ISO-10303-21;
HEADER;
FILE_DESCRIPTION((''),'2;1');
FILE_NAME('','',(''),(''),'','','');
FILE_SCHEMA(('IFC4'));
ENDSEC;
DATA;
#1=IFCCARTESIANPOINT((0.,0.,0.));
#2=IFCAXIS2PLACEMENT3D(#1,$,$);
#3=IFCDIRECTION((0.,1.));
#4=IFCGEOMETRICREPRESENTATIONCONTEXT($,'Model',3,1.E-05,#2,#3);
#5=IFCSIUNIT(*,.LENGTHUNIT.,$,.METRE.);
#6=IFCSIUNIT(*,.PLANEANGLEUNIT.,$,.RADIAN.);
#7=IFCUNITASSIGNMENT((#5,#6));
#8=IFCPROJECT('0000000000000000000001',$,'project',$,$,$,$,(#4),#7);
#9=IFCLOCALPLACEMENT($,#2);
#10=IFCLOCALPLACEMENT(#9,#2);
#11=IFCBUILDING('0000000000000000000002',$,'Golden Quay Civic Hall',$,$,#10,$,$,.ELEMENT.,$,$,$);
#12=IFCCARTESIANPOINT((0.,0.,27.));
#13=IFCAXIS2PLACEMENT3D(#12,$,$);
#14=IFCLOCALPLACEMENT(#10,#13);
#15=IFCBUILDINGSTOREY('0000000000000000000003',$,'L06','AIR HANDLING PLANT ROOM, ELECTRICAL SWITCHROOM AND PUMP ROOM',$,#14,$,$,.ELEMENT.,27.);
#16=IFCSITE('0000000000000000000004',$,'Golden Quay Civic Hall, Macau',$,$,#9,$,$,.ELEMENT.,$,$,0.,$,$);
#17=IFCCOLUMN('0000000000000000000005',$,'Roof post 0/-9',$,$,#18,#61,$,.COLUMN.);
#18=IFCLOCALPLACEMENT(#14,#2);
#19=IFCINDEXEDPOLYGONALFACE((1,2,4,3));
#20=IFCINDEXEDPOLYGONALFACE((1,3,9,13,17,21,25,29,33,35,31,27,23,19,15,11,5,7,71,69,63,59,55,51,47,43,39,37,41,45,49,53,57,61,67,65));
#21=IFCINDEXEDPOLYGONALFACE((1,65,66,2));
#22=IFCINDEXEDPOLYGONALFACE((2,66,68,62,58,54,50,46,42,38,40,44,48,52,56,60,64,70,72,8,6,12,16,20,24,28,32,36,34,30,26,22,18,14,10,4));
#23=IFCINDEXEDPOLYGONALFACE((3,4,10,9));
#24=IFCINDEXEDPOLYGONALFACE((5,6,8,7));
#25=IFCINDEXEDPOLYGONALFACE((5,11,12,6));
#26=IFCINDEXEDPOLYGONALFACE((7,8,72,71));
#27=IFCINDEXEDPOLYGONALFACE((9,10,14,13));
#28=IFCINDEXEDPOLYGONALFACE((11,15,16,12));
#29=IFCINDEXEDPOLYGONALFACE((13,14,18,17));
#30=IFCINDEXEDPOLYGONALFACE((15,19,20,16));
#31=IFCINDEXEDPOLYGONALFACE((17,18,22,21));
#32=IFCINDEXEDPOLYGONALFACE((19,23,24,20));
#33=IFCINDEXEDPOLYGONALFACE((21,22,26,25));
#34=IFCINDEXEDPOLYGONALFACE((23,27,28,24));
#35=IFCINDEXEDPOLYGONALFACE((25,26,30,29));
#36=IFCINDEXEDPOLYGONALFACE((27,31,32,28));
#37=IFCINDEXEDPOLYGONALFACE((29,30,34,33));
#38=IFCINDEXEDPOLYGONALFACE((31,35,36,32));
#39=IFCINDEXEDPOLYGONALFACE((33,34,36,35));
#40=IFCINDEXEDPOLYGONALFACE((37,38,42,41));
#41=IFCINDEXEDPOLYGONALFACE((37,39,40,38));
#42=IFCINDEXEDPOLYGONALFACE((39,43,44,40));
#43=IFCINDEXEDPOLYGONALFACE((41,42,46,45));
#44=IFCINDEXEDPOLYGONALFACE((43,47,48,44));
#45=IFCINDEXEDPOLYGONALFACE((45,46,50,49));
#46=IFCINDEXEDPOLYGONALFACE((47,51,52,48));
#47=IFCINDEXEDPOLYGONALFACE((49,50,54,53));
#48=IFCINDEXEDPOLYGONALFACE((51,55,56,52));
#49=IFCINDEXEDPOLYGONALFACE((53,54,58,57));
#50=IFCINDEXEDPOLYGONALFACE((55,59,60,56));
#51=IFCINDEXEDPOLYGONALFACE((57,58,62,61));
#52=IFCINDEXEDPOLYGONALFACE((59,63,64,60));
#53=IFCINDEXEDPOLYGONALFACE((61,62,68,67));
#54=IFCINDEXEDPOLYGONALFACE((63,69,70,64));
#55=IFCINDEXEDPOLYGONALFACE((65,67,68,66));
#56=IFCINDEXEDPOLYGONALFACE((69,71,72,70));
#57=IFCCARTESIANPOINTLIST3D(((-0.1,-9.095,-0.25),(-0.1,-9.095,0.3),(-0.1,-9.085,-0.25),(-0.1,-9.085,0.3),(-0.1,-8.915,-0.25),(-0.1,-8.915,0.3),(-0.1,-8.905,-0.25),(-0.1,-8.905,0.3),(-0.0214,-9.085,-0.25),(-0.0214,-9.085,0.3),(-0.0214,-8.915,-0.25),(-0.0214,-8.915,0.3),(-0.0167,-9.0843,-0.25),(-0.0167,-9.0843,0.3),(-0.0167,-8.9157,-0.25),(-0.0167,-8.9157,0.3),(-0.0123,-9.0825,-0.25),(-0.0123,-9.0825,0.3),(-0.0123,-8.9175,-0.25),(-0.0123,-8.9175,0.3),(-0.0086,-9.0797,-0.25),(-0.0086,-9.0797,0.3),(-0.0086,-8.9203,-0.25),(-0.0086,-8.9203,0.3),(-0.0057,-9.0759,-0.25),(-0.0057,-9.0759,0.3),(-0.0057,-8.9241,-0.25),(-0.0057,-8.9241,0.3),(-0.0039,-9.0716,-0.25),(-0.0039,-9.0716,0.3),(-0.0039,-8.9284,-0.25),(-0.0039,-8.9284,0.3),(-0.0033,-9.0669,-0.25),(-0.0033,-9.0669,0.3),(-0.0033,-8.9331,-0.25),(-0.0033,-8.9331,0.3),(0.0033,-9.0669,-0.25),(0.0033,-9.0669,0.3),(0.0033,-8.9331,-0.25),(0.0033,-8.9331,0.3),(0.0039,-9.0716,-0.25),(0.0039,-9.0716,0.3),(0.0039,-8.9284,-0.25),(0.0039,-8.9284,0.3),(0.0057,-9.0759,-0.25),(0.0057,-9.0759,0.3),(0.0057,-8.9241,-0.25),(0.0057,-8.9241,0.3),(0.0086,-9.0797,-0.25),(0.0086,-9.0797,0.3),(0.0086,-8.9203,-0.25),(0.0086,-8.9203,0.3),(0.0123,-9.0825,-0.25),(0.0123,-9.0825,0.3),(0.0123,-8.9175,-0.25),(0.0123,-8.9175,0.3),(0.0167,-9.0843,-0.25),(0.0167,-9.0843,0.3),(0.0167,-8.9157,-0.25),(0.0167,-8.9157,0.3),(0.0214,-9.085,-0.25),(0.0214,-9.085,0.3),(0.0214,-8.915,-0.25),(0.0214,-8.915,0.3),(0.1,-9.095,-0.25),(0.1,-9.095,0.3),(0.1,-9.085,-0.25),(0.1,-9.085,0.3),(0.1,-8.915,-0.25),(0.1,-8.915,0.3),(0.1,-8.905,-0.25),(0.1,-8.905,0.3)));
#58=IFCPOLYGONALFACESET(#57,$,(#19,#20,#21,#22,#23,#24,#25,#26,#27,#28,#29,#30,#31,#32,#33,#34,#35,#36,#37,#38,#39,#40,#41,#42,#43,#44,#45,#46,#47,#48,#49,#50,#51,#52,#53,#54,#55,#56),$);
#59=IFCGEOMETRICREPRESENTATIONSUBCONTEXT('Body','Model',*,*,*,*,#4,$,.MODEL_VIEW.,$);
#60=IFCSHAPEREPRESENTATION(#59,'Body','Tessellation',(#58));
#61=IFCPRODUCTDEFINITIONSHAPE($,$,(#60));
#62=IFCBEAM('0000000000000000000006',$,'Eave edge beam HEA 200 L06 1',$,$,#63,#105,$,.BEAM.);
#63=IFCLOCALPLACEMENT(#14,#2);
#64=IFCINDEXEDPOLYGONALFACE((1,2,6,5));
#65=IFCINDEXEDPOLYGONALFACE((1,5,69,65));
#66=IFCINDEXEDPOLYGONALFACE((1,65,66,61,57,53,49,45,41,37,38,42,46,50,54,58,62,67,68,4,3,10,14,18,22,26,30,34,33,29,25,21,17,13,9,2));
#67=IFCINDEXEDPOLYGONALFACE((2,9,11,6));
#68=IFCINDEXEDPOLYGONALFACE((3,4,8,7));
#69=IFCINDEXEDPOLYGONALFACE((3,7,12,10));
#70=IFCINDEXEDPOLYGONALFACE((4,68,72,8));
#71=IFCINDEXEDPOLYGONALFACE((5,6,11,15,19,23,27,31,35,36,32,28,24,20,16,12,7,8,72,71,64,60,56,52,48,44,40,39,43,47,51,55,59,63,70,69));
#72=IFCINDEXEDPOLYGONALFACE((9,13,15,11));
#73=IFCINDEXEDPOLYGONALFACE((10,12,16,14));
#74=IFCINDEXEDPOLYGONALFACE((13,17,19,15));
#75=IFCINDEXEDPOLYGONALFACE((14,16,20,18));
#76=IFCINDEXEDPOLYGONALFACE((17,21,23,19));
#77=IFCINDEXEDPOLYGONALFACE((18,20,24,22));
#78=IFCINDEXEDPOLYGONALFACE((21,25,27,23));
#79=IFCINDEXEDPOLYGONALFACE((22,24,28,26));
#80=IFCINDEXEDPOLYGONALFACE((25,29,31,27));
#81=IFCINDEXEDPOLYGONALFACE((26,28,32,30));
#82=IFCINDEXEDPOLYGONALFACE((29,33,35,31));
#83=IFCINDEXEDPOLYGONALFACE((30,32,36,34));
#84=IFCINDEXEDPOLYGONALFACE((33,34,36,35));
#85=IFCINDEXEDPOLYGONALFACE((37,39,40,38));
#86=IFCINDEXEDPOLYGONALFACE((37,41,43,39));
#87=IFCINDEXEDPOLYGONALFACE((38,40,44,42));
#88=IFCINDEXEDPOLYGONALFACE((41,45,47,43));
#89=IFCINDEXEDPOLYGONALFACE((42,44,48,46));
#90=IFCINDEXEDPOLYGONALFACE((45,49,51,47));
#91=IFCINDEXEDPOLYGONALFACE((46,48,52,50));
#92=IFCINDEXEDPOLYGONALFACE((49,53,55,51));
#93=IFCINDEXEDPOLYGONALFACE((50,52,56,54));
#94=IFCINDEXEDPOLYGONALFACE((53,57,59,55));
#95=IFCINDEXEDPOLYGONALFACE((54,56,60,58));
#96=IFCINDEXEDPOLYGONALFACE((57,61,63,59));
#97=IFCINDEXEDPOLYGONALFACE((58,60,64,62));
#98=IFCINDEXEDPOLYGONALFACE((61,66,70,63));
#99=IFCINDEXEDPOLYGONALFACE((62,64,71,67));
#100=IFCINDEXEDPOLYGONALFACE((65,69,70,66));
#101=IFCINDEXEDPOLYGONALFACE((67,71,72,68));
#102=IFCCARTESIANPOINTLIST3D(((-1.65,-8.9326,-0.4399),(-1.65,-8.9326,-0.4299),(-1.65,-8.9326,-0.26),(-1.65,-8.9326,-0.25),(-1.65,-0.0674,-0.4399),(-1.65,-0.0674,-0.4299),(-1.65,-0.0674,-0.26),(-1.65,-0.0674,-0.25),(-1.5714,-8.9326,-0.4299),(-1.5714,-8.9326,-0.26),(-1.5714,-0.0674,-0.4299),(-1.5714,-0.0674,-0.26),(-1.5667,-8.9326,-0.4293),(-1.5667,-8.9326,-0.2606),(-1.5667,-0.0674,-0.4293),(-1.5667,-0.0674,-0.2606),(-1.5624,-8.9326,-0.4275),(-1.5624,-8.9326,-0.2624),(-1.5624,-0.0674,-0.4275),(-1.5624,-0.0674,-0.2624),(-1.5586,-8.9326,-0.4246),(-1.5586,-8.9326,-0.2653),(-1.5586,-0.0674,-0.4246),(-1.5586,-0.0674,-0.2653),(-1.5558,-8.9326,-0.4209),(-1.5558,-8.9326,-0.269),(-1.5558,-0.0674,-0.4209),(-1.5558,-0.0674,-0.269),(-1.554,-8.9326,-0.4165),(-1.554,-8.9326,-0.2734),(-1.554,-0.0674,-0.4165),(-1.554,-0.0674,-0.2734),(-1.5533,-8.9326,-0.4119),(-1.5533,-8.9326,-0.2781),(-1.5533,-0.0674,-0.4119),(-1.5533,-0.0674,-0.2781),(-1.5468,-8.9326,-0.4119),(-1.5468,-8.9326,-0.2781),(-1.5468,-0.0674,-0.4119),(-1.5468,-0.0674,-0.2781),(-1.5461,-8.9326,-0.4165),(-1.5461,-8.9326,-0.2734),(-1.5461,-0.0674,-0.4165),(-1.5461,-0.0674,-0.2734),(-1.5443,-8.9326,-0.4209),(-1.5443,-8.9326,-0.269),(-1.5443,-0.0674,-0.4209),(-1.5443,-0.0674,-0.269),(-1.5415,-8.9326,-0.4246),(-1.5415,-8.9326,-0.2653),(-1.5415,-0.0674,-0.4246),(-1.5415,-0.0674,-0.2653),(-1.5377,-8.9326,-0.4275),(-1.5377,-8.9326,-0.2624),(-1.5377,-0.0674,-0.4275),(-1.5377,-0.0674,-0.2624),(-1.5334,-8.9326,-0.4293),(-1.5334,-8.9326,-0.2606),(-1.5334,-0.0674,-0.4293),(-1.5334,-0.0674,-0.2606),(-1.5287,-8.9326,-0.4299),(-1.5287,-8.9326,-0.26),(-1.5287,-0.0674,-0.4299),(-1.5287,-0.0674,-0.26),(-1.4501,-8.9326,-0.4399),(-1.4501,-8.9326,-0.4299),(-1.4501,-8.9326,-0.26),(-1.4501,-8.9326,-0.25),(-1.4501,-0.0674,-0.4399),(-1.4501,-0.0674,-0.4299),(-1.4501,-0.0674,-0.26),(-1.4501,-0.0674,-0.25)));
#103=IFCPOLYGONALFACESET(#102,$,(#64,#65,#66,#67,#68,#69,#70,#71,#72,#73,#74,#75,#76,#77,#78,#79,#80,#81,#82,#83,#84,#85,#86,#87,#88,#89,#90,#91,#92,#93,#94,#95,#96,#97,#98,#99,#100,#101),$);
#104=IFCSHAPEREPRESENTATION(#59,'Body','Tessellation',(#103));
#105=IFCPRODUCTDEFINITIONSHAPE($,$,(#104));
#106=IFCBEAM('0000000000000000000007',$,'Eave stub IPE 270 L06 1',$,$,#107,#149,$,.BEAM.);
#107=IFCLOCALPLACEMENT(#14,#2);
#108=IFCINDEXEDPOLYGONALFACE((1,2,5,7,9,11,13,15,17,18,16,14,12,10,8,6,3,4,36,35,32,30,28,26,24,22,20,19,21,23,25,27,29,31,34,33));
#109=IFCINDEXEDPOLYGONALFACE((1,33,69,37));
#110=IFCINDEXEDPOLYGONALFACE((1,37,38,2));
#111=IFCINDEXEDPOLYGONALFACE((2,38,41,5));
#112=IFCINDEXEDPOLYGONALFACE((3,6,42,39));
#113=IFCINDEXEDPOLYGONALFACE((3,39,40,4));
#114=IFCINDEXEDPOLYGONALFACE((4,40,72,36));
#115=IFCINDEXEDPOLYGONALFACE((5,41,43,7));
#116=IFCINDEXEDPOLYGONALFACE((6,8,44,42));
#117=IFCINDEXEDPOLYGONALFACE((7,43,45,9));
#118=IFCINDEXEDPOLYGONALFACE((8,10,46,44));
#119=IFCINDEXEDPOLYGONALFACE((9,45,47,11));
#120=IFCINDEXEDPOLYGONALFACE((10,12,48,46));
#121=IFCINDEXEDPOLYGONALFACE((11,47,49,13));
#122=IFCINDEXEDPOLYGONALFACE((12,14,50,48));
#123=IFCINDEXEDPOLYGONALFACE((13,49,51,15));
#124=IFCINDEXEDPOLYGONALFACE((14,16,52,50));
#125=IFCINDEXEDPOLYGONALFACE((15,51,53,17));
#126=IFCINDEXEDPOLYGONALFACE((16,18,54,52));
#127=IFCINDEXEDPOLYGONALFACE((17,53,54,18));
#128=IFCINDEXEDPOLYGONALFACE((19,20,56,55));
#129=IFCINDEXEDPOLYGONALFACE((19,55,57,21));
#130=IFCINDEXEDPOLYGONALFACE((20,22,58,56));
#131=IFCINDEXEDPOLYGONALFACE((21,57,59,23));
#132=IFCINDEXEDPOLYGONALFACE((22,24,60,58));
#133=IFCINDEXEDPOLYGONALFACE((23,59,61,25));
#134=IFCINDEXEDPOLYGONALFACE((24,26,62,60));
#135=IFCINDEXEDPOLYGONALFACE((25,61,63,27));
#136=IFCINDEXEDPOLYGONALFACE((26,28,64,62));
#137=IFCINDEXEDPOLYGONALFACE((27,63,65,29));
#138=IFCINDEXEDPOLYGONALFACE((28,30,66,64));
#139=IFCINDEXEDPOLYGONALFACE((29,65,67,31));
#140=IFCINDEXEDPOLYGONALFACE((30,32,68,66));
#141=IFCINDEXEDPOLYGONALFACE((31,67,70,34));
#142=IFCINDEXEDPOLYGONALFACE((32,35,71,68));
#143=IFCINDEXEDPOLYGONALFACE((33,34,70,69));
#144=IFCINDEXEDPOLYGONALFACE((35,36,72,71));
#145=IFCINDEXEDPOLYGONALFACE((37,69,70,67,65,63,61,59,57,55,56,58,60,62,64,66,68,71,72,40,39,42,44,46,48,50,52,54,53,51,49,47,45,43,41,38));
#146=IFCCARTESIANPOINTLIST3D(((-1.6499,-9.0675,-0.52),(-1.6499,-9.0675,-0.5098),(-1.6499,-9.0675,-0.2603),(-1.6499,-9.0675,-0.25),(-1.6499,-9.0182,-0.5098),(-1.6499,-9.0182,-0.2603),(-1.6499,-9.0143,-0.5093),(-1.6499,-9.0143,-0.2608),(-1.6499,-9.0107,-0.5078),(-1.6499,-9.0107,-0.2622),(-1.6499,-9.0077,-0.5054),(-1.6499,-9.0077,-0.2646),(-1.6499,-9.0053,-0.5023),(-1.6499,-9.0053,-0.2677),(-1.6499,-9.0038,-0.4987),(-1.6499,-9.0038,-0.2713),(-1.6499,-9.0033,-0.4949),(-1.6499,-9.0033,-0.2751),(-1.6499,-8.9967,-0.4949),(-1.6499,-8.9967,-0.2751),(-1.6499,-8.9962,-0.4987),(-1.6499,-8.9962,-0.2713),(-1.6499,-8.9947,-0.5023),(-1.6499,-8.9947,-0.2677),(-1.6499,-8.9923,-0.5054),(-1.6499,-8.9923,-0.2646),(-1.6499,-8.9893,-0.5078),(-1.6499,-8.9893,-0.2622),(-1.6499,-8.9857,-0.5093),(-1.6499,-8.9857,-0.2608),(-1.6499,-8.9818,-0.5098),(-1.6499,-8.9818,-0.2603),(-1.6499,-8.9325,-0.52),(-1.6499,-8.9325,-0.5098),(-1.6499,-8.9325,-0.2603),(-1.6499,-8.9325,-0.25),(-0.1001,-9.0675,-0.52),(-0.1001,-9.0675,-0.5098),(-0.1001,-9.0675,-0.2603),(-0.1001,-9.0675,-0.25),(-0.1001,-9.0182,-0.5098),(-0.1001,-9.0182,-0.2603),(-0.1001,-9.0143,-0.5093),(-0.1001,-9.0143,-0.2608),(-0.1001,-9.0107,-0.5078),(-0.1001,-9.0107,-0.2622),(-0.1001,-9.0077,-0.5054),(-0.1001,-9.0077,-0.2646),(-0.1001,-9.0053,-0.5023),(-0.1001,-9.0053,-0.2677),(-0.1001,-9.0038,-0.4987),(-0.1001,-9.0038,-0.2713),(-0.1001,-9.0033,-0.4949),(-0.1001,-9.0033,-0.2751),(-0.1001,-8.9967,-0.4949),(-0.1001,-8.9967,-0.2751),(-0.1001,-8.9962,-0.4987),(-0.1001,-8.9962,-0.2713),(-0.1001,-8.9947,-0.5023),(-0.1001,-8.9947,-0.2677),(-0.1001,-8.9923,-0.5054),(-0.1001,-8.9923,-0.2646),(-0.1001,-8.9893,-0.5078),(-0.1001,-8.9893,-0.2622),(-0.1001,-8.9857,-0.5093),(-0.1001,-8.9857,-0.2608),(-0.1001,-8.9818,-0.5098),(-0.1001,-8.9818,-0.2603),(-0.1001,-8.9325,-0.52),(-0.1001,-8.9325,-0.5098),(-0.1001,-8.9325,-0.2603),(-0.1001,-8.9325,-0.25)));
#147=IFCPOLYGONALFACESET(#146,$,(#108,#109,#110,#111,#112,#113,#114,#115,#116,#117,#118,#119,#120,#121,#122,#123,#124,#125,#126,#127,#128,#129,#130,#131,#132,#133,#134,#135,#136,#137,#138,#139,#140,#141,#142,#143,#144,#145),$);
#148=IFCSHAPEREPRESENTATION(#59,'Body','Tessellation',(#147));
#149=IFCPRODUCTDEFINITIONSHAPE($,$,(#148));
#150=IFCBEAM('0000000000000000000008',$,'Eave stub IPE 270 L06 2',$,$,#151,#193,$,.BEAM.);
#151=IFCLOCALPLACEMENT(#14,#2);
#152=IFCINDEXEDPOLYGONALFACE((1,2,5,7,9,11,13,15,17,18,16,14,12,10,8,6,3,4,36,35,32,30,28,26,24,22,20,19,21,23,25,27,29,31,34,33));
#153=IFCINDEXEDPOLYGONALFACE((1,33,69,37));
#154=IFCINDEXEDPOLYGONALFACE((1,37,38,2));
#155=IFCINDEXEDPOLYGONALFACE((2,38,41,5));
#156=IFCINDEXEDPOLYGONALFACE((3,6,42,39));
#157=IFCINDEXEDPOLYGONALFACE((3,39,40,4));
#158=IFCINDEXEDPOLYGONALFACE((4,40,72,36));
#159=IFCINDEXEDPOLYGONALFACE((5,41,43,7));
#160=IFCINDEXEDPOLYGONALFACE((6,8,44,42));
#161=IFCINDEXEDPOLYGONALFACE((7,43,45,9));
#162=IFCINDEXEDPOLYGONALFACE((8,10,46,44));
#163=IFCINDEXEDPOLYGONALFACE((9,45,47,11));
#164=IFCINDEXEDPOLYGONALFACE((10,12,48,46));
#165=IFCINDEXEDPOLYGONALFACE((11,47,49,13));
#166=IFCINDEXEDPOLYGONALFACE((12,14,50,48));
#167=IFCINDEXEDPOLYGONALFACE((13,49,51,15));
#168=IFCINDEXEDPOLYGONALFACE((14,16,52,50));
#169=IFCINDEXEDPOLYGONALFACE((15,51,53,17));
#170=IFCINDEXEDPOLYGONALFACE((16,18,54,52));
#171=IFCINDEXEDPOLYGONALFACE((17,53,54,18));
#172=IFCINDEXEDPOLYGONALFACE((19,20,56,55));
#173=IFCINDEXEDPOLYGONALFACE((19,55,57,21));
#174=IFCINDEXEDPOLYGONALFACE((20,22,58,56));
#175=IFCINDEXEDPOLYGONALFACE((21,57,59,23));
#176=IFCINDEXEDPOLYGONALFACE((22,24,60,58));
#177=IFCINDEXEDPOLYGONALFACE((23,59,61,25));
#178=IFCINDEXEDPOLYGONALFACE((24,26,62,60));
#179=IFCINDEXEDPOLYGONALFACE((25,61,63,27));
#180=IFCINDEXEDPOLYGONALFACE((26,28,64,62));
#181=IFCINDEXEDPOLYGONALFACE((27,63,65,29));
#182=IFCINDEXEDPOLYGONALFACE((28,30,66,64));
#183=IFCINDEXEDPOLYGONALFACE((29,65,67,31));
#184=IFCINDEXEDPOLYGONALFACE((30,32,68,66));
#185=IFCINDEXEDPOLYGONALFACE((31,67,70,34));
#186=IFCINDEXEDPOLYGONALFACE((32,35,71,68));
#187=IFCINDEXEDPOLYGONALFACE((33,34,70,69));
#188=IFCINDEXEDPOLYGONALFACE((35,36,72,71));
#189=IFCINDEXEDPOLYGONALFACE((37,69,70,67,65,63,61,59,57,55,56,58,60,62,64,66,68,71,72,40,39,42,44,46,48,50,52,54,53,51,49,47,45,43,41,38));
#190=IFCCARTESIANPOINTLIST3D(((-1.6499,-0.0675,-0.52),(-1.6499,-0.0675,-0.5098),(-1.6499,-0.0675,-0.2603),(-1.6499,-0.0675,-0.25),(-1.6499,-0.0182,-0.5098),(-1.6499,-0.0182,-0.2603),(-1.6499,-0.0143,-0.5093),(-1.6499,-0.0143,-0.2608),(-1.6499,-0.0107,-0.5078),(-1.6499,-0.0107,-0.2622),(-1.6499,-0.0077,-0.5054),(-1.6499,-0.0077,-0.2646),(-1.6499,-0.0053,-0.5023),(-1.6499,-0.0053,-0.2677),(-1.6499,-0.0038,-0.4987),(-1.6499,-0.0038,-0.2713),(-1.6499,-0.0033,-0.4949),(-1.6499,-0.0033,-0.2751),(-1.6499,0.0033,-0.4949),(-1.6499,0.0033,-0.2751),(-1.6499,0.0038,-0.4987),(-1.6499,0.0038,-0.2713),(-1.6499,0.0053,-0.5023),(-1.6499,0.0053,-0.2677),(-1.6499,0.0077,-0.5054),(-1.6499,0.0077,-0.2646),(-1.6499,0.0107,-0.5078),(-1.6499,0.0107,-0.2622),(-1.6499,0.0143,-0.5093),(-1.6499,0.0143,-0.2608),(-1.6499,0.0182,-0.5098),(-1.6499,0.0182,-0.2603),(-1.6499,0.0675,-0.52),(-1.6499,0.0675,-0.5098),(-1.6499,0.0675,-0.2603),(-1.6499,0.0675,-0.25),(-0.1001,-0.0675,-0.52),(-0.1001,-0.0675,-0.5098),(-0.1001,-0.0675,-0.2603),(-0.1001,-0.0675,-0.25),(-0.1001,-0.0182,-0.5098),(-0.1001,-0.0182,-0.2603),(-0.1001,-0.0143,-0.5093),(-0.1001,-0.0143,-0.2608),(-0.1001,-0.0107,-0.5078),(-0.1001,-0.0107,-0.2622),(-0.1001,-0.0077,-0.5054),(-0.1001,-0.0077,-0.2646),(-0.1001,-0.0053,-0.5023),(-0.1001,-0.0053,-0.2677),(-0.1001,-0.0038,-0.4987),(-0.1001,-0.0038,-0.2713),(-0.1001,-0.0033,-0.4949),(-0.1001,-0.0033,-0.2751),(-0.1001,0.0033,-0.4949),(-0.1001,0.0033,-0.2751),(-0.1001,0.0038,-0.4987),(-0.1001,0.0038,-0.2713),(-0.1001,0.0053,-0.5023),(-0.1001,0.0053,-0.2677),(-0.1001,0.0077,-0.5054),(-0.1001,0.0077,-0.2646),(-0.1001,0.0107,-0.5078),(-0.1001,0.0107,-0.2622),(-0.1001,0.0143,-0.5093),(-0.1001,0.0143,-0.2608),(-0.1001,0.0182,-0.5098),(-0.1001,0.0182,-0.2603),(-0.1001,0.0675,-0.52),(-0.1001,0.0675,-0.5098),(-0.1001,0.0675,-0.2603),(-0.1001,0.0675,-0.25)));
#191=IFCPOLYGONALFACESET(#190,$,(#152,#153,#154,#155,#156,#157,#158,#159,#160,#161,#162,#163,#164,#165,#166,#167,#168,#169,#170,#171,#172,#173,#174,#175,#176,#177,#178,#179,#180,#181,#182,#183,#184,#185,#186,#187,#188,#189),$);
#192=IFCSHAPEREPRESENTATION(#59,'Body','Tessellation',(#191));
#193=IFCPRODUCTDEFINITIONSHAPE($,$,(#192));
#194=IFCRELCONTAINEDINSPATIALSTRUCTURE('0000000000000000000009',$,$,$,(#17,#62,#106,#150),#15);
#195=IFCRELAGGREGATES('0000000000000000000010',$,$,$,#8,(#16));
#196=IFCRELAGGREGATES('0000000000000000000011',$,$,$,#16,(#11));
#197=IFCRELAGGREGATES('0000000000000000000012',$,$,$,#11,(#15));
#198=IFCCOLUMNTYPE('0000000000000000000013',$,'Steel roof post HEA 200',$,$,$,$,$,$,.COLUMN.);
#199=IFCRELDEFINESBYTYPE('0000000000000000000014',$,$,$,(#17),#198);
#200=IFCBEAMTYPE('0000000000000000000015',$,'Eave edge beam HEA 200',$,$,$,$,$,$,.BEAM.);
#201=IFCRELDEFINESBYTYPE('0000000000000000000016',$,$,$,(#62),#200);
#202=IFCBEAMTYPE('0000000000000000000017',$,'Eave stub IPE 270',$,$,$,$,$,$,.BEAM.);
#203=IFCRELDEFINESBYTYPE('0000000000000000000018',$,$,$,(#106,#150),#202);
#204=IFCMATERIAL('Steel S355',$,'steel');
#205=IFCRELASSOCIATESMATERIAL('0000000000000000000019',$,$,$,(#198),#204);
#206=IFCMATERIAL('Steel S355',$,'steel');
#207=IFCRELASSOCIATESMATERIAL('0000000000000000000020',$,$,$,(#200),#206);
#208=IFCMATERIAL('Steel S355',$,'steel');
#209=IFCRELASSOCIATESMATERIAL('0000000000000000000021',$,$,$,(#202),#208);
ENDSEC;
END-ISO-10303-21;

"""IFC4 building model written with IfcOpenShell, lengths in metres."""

from ifc_helpers import new_model, si_unit, direction, frame, origin, origin_2d, place, context, subcontext, project, spatial, i_section, extrude, material, material_profile, profile_set, type_object, element, save


model = new_model("IFC4")

# Units and contexts
model_context = context("Model", 3, precision=1e-05, world=origin(), true_north=direction((0.0, 1.0)))
body_context = subcontext(model_context, "Body", "Model", "MODEL_VIEW")
ifc_project = project(units=[si_unit("LENGTHUNIT", "METRE"), si_unit("PLANEANGLEUNIT", "RADIAN")], contexts=[model_context])

# Site, building, storey
site_placement = place(None, origin())
site = spatial("IfcSite", under=ifc_project, at=site_placement, Name="Golden Quay Civic Hall, Macau", CompositionType="ELEMENT", RefElevation=0.0)
building_placement = place(site_placement, origin())
building = spatial("IfcBuilding", under=site, at=building_placement, Name="Golden Quay Civic Hall", CompositionType="ELEMENT")
storey_placement = place(building_placement, frame((0.0, 0.0, 27.0)))
storey = spatial("IfcBuildingStorey", under=building, at=storey_placement, Name="L06", Description="AIR HANDLING PLANT ROOM, ELECTRICAL SWITCHROOM AND PUMP ROOM", CompositionType="ELEMENT", Elevation=27.0)

# Column
ifc_material_1 = material(Name="Steel S355", Category="steel")
ifc_material_profile_1 = material_profile(ifc_material_1, i_section(OverallWidth=0.2, OverallDepth=0.1899, WebThickness=0.0066, FlangeThickness=0.01, FilletRadius=0.0181, at=origin_2d()), Name="HEA 200")
ifc_profile_set_1 = profile_set([ifc_material_profile_1], Name="Steel S355")
column_type = type_object("IfcColumnType", Name="Steel roof post HEA 200", PredefinedType="COLUMN", material=ifc_profile_set_1)
column_placement = place(storey_placement, frame((0.0, -9.0, -0.25), z_axis=(0.0, 0.0, 1.0), x_axis=(1.0, 0.0, 0.0)))
element("IfcColumn", 1, at=column_placement, inside=storey, type_object=column_type, Name="Roof post 0/-9", PredefinedType="COLUMN", context=body_context, shape_type="SweptSolid", body=[
    extrude(i_section(OverallWidth=0.2, OverallDepth=0.1899, WebThickness=0.0066, FlangeThickness=0.01, FilletRadius=0.0181, at=origin_2d()), origin(), (0.0, 0.0, 1.0), 0.55),
])

# Beams
ifc_material_2 = material(Name="Steel S355", Category="steel")
ifc_material_profile_2 = material_profile(ifc_material_2, i_section(OverallWidth=0.2, OverallDepth=0.1899, WebThickness=0.0066, FlangeThickness=0.01, FilletRadius=0.0181, at=origin_2d()), Name="HEA 200")
ifc_profile_set_2 = profile_set([ifc_material_profile_2], Name="Steel S355")
beam_type_1 = type_object("IfcBeamType", Name="Eave edge beam HEA 200", PredefinedType="BEAM", material=ifc_profile_set_2)
beam_1_placement = place(storey_placement, frame((-1.55, -8.9326, -0.345), z_axis=(0.0, 1.0, 0.0), x_axis=(-1.0, 0.0, 0.0)))
element("IfcBeam", 2, at=beam_1_placement, inside=storey, type_object=beam_type_1, Name="Eave edge beam HEA 200 L06 1", PredefinedType="BEAM", context=body_context, shape_type="SweptSolid", body=[
    extrude(i_section(OverallWidth=0.2, OverallDepth=0.1899, WebThickness=0.0066, FlangeThickness=0.01, FilletRadius=0.0181, at=origin_2d()), origin(), (0.0, 0.0, 1.0), 8.8652),
])
ifc_material_3 = material(Name="Steel S355", Category="steel")
ifc_material_profile_3 = material_profile(ifc_material_3, i_section(OverallWidth=0.135, OverallDepth=0.27, WebThickness=0.0066, FlangeThickness=0.0103, FilletRadius=0.0149, at=origin_2d()), Name="IPE 270")
ifc_profile_set_3 = profile_set([ifc_material_profile_3], Name="Steel S355")
beam_type_2 = type_object("IfcBeamType", Name="Eave stub IPE 270", PredefinedType="BEAM", material=ifc_profile_set_3)
for number, where, z_axis, x_axis, name in (
    (3, (-0.1001, -9.0, -0.385), (-1.0, 0.0, 0.0), (0.0, -1.0, 0.0), "Eave stub IPE 270 L06 1"),
    (4, (-0.1001, 0.0, -0.385), (-1.0, 0.0, 0.0), (0.0, -1.0, 0.0), "Eave stub IPE 270 L06 2"),
):
    element("IfcBeam", number, at=place(storey_placement, frame(where, z_axis=z_axis, x_axis=x_axis)), inside=storey, type_object=beam_type_2, Name=name, PredefinedType="BEAM", context=body_context, shape_type="SweptSolid", body=[
        extrude(i_section(OverallWidth=0.135, OverallDepth=0.27, WebThickness=0.0066, FlangeThickness=0.0103, FilletRadius=0.0149, at=origin_2d()), origin(), (0.0, 0.0, 1.0), 1.5498),
    ])

save(model, "model.ifc")
